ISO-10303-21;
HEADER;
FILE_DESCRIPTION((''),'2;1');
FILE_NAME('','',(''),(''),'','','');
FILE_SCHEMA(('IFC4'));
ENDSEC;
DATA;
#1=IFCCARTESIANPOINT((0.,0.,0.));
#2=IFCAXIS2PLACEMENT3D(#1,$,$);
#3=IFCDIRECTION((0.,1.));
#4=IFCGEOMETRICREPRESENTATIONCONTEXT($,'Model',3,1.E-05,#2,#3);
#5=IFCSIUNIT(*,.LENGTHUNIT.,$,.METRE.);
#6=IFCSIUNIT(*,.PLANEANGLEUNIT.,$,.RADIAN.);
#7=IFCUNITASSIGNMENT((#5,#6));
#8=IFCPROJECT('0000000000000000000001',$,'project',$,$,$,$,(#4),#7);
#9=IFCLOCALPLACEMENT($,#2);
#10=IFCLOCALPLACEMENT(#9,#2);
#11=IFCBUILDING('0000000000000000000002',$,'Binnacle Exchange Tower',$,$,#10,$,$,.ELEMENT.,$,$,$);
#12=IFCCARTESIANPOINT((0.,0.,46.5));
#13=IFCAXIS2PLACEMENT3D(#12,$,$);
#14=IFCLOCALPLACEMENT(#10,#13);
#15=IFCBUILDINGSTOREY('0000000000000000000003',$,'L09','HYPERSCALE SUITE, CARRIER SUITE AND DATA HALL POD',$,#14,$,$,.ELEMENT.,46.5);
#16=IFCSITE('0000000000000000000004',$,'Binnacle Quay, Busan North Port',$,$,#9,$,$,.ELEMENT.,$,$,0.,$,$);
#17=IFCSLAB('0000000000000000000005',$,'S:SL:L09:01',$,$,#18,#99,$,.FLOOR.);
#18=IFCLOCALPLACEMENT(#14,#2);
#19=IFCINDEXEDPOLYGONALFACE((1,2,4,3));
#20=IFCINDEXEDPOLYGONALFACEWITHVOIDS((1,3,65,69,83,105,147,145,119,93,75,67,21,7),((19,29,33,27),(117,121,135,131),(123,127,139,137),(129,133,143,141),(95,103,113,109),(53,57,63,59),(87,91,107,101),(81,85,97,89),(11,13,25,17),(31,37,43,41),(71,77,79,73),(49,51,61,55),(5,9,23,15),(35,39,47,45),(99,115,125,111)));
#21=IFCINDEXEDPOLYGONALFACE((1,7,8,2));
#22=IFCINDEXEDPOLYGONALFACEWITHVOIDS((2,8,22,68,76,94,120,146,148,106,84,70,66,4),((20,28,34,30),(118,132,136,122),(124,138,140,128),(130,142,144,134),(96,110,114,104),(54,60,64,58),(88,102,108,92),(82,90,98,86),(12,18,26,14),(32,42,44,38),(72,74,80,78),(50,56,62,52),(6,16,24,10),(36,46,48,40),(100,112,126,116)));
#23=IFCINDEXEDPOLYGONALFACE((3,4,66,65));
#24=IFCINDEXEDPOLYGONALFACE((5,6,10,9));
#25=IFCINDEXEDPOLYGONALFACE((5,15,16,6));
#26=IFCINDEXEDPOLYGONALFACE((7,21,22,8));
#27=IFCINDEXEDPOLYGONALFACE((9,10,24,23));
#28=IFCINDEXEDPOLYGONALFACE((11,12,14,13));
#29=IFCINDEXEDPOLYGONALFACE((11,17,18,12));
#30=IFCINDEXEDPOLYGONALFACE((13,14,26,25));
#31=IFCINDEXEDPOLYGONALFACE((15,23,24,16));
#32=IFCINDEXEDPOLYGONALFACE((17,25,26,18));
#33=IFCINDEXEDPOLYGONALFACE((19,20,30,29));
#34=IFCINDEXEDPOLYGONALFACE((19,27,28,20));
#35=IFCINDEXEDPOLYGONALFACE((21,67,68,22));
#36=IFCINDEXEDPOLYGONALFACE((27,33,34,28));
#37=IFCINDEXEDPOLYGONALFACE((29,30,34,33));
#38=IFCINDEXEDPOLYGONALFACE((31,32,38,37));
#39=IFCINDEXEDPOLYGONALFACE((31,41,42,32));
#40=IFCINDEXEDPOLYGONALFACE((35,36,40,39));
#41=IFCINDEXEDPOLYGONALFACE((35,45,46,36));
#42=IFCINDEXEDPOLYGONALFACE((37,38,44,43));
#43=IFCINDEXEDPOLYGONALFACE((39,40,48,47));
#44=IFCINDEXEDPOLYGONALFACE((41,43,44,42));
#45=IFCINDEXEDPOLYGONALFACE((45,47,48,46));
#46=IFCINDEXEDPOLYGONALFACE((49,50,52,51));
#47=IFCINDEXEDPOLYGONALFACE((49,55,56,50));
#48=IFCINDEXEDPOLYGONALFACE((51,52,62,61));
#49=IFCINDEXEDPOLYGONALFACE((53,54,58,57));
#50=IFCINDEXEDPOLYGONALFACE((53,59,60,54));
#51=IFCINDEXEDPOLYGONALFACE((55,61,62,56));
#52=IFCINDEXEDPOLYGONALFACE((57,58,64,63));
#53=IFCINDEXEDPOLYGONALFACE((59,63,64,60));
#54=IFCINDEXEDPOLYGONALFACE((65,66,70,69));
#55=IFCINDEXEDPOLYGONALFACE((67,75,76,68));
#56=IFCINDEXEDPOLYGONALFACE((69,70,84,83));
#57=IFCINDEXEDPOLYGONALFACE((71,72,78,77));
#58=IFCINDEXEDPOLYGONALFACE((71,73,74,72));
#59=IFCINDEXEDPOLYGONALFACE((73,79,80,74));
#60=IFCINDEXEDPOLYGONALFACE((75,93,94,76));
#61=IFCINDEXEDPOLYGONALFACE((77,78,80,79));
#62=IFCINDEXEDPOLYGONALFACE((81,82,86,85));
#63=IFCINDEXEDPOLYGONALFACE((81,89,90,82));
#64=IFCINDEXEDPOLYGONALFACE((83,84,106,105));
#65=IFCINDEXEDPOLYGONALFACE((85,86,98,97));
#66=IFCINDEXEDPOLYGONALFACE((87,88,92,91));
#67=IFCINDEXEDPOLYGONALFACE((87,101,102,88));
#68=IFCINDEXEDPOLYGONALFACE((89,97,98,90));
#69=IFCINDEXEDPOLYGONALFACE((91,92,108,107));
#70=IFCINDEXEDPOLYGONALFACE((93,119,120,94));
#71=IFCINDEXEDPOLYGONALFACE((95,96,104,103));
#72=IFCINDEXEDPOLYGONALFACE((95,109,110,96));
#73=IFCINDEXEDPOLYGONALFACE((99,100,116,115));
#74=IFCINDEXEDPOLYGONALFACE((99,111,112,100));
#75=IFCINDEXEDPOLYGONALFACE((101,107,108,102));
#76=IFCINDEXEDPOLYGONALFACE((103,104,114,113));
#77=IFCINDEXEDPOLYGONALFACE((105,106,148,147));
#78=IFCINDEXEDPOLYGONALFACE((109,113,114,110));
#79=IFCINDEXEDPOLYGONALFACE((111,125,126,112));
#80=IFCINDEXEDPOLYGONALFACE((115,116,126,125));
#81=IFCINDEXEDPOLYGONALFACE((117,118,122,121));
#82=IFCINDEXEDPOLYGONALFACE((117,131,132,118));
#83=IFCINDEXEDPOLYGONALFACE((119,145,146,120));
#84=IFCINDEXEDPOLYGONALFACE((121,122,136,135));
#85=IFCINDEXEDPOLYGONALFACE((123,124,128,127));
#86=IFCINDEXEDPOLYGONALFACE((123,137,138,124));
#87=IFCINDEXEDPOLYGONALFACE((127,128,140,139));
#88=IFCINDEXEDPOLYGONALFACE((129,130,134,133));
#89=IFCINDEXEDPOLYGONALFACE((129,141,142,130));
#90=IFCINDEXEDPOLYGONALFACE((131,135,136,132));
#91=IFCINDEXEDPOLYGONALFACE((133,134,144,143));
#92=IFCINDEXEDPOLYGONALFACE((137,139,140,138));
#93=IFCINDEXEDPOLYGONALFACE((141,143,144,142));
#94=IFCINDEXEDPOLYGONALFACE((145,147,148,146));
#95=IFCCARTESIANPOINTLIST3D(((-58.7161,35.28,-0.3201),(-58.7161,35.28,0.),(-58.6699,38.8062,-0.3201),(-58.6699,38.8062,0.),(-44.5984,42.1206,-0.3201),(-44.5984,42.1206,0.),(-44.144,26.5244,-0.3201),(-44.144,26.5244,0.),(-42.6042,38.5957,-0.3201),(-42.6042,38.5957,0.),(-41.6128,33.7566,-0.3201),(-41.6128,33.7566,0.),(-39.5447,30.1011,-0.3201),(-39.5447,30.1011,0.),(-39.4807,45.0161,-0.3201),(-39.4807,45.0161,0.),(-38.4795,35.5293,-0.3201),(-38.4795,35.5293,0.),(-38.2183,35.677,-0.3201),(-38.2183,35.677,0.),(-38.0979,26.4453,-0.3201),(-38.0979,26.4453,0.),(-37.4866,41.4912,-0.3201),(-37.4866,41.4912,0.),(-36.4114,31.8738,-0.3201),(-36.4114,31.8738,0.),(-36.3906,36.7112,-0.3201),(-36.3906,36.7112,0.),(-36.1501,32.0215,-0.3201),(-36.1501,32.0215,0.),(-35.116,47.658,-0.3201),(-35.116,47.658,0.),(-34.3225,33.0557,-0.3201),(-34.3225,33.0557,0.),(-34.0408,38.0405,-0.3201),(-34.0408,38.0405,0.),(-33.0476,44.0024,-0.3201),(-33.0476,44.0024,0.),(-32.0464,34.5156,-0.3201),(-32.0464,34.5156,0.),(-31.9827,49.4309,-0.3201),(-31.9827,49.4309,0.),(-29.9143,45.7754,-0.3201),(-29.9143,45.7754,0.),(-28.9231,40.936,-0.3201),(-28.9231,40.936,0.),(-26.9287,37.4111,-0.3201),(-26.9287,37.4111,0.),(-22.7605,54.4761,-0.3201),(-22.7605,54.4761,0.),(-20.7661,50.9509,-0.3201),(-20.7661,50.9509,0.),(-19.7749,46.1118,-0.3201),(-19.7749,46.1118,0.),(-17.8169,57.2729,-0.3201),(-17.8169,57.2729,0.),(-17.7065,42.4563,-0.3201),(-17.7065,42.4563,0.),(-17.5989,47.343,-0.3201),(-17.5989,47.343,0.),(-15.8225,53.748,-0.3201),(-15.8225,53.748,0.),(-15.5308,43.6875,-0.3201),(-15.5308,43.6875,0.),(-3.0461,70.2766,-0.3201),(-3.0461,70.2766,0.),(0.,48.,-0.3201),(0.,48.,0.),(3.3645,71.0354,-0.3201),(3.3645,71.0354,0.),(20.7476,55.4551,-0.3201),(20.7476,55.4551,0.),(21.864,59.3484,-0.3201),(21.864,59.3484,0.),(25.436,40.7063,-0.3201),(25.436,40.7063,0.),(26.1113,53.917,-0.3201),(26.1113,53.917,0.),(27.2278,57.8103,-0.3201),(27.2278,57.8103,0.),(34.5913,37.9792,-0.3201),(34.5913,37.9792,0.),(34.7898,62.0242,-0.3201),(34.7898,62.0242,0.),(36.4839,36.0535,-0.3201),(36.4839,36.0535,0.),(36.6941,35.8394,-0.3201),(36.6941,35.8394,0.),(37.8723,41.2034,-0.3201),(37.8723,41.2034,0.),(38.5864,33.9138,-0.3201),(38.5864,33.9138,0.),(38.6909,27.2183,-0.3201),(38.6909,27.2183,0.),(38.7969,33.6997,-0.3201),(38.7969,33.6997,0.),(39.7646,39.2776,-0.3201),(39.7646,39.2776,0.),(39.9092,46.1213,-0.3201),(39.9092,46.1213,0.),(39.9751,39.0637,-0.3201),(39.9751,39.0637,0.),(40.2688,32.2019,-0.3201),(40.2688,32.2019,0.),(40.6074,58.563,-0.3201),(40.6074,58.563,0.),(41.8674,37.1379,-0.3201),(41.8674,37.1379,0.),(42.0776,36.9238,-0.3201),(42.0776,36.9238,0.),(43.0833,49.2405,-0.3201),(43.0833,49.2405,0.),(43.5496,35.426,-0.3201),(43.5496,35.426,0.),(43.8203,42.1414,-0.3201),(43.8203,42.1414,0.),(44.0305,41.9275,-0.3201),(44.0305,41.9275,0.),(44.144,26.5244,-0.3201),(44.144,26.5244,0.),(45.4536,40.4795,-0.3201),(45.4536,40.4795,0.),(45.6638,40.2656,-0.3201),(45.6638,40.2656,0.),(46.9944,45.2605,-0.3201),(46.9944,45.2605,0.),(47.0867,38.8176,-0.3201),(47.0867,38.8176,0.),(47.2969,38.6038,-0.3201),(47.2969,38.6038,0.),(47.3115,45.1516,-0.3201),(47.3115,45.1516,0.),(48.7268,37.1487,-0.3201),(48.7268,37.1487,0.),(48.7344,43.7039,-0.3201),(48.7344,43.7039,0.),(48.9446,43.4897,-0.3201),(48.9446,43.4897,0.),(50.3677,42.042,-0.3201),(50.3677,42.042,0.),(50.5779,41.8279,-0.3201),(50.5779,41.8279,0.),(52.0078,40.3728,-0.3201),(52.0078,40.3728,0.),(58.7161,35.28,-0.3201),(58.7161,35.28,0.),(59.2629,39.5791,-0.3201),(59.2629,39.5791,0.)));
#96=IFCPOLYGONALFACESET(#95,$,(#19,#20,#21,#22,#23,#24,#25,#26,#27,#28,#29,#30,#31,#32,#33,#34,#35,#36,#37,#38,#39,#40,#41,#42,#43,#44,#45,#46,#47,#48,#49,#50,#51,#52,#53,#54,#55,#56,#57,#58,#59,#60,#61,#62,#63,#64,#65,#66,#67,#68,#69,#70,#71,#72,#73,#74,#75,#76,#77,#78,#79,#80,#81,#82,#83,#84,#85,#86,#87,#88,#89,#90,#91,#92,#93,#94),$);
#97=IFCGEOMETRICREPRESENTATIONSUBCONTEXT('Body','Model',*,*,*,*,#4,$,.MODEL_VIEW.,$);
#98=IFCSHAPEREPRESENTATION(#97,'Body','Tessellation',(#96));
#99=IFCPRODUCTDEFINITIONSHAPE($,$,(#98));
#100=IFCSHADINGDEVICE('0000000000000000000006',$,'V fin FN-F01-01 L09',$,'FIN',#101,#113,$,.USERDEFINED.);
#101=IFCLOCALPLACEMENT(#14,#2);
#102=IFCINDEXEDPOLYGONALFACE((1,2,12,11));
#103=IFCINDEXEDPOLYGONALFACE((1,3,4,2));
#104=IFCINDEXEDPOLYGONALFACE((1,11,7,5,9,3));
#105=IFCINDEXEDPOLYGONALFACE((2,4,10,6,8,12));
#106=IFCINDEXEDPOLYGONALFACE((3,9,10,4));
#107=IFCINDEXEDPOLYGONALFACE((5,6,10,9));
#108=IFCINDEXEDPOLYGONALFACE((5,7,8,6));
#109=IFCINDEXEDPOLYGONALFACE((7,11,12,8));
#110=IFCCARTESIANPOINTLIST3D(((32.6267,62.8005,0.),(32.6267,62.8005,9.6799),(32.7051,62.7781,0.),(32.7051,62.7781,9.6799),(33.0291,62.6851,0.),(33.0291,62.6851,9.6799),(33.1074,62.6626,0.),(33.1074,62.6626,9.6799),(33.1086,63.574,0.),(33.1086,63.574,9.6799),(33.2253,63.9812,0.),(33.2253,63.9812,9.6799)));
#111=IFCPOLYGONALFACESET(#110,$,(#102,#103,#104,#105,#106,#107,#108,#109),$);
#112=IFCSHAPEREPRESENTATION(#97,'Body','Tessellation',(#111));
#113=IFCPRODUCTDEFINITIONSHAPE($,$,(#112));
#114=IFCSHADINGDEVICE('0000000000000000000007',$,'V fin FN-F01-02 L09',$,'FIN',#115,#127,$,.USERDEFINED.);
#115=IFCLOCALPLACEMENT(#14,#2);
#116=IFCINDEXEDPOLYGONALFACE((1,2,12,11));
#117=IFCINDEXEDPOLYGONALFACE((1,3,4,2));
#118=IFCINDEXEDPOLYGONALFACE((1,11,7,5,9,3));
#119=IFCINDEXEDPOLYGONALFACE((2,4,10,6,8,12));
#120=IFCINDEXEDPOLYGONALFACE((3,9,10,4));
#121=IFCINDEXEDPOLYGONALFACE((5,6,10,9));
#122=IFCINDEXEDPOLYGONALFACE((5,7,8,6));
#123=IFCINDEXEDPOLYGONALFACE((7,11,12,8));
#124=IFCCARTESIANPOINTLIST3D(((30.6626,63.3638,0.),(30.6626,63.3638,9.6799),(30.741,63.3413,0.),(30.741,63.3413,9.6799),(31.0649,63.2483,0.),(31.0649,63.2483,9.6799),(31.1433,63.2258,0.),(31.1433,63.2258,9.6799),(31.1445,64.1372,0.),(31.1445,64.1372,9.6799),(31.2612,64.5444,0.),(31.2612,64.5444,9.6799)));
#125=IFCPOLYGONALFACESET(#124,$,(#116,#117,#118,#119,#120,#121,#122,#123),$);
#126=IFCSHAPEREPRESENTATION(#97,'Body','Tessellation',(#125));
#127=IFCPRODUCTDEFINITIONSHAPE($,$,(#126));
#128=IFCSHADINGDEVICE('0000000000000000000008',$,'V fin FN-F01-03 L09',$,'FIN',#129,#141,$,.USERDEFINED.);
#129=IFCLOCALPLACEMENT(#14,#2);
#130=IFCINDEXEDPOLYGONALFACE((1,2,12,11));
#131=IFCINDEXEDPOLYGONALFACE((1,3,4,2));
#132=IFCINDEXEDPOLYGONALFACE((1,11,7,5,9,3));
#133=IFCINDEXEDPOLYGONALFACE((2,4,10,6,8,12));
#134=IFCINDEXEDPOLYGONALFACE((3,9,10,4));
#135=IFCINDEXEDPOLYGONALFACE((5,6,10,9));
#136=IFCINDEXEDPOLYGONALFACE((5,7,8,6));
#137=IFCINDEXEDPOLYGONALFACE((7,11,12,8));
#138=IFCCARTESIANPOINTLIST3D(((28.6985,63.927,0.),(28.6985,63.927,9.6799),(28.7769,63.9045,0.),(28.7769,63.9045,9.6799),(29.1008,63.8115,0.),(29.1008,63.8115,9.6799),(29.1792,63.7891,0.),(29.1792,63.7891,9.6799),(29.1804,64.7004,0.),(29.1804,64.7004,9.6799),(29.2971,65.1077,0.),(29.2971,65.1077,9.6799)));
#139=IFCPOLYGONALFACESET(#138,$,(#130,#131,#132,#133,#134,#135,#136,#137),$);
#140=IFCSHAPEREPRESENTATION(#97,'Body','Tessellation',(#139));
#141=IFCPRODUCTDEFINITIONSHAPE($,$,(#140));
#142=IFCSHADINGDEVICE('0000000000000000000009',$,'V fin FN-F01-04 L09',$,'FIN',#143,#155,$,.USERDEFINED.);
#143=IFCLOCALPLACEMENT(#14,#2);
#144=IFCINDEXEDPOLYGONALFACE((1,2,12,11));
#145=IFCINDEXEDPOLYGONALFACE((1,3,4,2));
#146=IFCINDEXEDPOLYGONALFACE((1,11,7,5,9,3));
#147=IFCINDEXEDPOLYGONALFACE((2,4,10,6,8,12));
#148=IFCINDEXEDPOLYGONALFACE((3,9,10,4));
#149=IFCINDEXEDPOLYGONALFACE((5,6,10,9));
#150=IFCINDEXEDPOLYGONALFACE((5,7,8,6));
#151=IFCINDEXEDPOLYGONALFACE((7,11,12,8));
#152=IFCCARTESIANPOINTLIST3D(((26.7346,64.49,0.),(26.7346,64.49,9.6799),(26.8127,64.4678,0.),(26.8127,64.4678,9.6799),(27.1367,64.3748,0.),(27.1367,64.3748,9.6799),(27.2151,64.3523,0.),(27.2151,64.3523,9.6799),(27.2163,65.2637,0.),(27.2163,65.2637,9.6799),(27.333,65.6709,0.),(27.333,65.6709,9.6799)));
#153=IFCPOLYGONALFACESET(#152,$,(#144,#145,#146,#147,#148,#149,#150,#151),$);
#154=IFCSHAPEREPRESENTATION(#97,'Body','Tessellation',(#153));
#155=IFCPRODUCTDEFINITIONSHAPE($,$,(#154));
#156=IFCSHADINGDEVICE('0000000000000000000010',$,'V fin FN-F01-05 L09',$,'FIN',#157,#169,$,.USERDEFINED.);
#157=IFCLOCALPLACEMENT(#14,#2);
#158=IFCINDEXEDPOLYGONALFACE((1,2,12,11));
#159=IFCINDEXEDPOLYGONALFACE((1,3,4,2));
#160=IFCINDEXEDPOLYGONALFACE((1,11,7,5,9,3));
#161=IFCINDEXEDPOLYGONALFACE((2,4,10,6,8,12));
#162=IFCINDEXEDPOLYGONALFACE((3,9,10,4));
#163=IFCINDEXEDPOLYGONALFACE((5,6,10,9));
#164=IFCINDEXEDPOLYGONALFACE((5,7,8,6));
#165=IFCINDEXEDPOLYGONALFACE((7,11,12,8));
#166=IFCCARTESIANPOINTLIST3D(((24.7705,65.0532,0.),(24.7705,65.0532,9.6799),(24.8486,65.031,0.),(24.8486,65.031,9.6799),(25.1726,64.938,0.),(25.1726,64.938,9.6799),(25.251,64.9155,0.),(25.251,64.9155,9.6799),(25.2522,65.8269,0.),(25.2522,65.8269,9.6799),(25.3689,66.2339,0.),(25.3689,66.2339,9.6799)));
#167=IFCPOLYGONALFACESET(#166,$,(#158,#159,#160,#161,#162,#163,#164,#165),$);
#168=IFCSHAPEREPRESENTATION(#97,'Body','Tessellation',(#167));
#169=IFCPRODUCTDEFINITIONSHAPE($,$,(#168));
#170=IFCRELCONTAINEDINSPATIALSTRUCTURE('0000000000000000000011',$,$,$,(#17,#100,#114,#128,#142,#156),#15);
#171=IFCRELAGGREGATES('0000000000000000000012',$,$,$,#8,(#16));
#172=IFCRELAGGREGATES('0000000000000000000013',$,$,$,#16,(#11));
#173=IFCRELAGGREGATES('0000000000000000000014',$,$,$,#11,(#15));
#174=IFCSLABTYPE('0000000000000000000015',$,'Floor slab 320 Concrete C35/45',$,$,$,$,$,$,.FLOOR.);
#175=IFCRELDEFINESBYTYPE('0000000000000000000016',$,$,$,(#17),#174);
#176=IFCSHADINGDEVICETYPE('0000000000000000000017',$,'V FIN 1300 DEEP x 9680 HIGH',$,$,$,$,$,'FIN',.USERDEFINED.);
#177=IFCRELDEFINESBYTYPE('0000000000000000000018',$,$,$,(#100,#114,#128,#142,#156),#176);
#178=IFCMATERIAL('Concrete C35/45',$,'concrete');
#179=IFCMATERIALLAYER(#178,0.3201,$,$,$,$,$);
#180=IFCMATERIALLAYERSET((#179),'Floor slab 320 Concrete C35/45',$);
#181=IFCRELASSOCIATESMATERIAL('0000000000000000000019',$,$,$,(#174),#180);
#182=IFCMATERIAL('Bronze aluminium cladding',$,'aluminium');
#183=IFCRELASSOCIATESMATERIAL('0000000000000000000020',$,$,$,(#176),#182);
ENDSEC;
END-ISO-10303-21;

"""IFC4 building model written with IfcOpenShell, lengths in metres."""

from ifc_helpers import new_model, si_unit, direction, frame, origin, place, context, subcontext, project, spatial, polyline, outline, extrude, material, layer, layer_set, type_object, element, save


model = new_model("IFC4")

# Units and contexts
model_context = context("Model", 3, precision=1e-05, world=origin(), true_north=direction((0.0, 1.0)))
body_context = subcontext(model_context, "Body", "Model", "MODEL_VIEW")
ifc_project = project(units=[si_unit("LENGTHUNIT", "METRE"), si_unit("PLANEANGLEUNIT", "RADIAN")], contexts=[model_context])

# Site, building, storey
site_placement = place(None, origin())
site = spatial("IfcSite", under=ifc_project, at=site_placement, Name="Binnacle Quay, Busan North Port", CompositionType="ELEMENT", RefElevation=0.0)
building_placement = place(site_placement, origin())
building = spatial("IfcBuilding", under=site, at=building_placement, Name="Binnacle Exchange Tower", CompositionType="ELEMENT")
storey_placement = place(building_placement, frame((0.0, 0.0, 46.5)))
storey = spatial("IfcBuildingStorey", under=building, at=storey_placement, Name="L09", Description="HYPERSCALE SUITE, CARRIER SUITE AND DATA HALL POD", CompositionType="ELEMENT", Elevation=46.5)

# Slab
ifc_material_1 = material(Name="Concrete C35/45", Category="concrete")
ifc_layer = layer(ifc_material_1, 0.3201)
ifc_layer_set = layer_set([ifc_layer], Name="Floor slab 320 Concrete C35/45")
slab_type = type_object("IfcSlabType", Name="Floor slab 320 Concrete C35/45", PredefinedType="FLOOR", material=ifc_layer_set)
slab_placement = place(storey_placement, frame((0.0, 0.0, -0.3201)))
element("IfcSlab", 1, at=slab_placement, inside=storey, type_object=slab_type, Name="S:SL:L09:01", PredefinedType="FLOOR", context=body_context, shape_type="SweptSolid", body=[
    extrude(outline(polyline([(59.2629, 39.5791), (58.7161, 35.28), (44.144, 26.5244), (38.6909, 27.2183), (25.436, 40.7063), (0.0, 48.0), (-38.0979, 26.4453), (-44.144, 26.5244), (-58.7161, 35.28), (-58.6699, 38.8062), (-3.0461, 70.2766), (3.3645, 71.0354), (34.7898, 62.0242), (40.6074, 58.563), (59.2629, 39.5791)]), holes=[polyline([(-38.4795, 35.5293), (-41.6128, 33.7566), (-39.5447, 30.1011), (-36.4114, 31.8738), (-38.4795, 35.5293)]), polyline([(-34.3225, 33.0557), (-36.3906, 36.7112), (-38.2183, 35.677), (-36.1501, 32.0215), (-34.3225, 33.0557)]), polyline([(-34.0408, 38.0405), (-32.0464, 34.5156), (-26.9287, 37.4111), (-28.9231, 40.936), (-34.0408, 38.0405)]), polyline([(-37.4866, 41.4912), (-39.4807, 45.0161), (-44.5984, 42.1206), (-42.6042, 38.5957), (-37.4866, 41.4912)]), polyline([(-15.5308, 43.6875), (-17.5989, 47.343), (-19.7749, 46.1118), (-17.7065, 42.4563), (-15.5308, 43.6875)]), polyline([(-29.9143, 45.7754), (-31.9827, 49.4309), (-35.116, 47.658), (-33.0476, 44.0024), (-29.9143, 45.7754)]), polyline([(-15.8225, 53.748), (-17.8169, 57.2729), (-22.7605, 54.4761), (-20.7661, 50.9509), (-15.8225, 53.748)]), polyline([(26.1113, 53.917), (27.2278, 57.8103), (21.864, 59.3484), (20.7476, 55.4551), (26.1113, 53.917)]), polyline([(40.2688, 32.2019), (43.5496, 35.426), (42.0776, 36.9238), (38.7969, 33.6997), (40.2688, 32.2019)]), polyline([(38.5864, 33.9138), (41.8674, 37.1379), (39.9751, 39.0637), (36.6941, 35.8394), (38.5864, 33.9138)]), polyline([(36.4839, 36.0535), (39.7646, 39.2776), (37.8723, 41.2034), (34.5913, 37.9792), (36.4839, 36.0535)]), polyline([(48.7268, 37.1487), (52.0078, 40.3728), (50.5779, 41.8279), (47.2969, 38.6038), (48.7268, 37.1487)]), polyline([(47.0867, 38.8176), (50.3677, 42.042), (48.9446, 43.4897), (45.6638, 40.2656), (47.0867, 38.8176)]), polyline([(45.4536, 40.4795), (48.7344, 43.7039), (47.3115, 45.1516), (44.0305, 41.9275), (45.4536, 40.4795)]), polyline([(43.8203, 42.1414), (46.9944, 45.2605), (43.0833, 49.2405), (39.9092, 46.1213), (43.8203, 42.1414)])]), origin(), (0.0, 0.0, 1.0), 0.3201),
])

# Shading devices
ifc_material_2 = material(Name="Bronze aluminium cladding", Category="aluminium")
shading_device_type = type_object("IfcShadingDeviceType", Name="V FIN 1300 DEEP x 9680 HIGH", ElementType="FIN", PredefinedType="USERDEFINED", material=ifc_material_2)
shading_device_1_placement = place(storey_placement, origin())
element("IfcShadingDevice", 2, at=shading_device_1_placement, inside=storey, type_object=shading_device_type, Name="V fin FN-F01-01 L09", ObjectType="FIN", PredefinedType="USERDEFINED", context=body_context, shape_type="SweptSolid", body=[
    extrude(outline(polyline([(33.1074, 62.6626), (33.2253, 63.9812), (32.6267, 62.8005), (32.7051, 62.7781), (33.1086, 63.574), (33.0291, 62.6851), (33.1074, 62.6626)])), origin(), (0.0, 0.0, 1.0), 9.6799),
])
shading_device_2_placement = place(storey_placement, origin())
element("IfcShadingDevice", 3, at=shading_device_2_placement, inside=storey, type_object=shading_device_type, Name="V fin FN-F01-02 L09", ObjectType="FIN", PredefinedType="USERDEFINED", context=body_context, shape_type="SweptSolid", body=[
    extrude(outline(polyline([(31.1433, 63.2258), (31.2612, 64.5444), (30.6626, 63.3638), (30.741, 63.3413), (31.1445, 64.1372), (31.0649, 63.2483), (31.1433, 63.2258)])), origin(), (0.0, 0.0, 1.0), 9.6799),
])
shading_device_3_placement = place(storey_placement, origin())
element("IfcShadingDevice", 4, at=shading_device_3_placement, inside=storey, type_object=shading_device_type, Name="V fin FN-F01-03 L09", ObjectType="FIN", PredefinedType="USERDEFINED", context=body_context, shape_type="SweptSolid", body=[
    extrude(outline(polyline([(29.1792, 63.7891), (29.2971, 65.1077), (28.6985, 63.927), (28.7769, 63.9045), (29.1804, 64.7004), (29.1008, 63.8115), (29.1792, 63.7891)])), origin(), (0.0, 0.0, 1.0), 9.6799),
])
shading_device_4_placement = place(storey_placement, origin())
element("IfcShadingDevice", 5, at=shading_device_4_placement, inside=storey, type_object=shading_device_type, Name="V fin FN-F01-04 L09", ObjectType="FIN", PredefinedType="USERDEFINED", context=body_context, shape_type="SweptSolid", body=[
    extrude(outline(polyline([(27.2151, 64.3523), (27.333, 65.6709), (26.7346, 64.49), (26.8127, 64.4678), (27.2163, 65.2637), (27.1367, 64.3748), (27.2151, 64.3523)])), origin(), (0.0, 0.0, 1.0), 9.6799),
])
shading_device_5_placement = place(storey_placement, origin())
element("IfcShadingDevice", 6, at=shading_device_5_placement, inside=storey, type_object=shading_device_type, Name="V fin FN-F01-05 L09", ObjectType="FIN", PredefinedType="USERDEFINED", context=body_context, shape_type="SweptSolid", body=[
    extrude(outline(polyline([(25.251, 64.9155), (25.3689, 66.2339), (24.7705, 65.0532), (24.8486, 65.031), (25.2522, 65.8269), (25.1726, 64.938), (25.251, 64.9155)])), origin(), (0.0, 0.0, 1.0), 9.6799),
])

save(model, "model.ifc")
